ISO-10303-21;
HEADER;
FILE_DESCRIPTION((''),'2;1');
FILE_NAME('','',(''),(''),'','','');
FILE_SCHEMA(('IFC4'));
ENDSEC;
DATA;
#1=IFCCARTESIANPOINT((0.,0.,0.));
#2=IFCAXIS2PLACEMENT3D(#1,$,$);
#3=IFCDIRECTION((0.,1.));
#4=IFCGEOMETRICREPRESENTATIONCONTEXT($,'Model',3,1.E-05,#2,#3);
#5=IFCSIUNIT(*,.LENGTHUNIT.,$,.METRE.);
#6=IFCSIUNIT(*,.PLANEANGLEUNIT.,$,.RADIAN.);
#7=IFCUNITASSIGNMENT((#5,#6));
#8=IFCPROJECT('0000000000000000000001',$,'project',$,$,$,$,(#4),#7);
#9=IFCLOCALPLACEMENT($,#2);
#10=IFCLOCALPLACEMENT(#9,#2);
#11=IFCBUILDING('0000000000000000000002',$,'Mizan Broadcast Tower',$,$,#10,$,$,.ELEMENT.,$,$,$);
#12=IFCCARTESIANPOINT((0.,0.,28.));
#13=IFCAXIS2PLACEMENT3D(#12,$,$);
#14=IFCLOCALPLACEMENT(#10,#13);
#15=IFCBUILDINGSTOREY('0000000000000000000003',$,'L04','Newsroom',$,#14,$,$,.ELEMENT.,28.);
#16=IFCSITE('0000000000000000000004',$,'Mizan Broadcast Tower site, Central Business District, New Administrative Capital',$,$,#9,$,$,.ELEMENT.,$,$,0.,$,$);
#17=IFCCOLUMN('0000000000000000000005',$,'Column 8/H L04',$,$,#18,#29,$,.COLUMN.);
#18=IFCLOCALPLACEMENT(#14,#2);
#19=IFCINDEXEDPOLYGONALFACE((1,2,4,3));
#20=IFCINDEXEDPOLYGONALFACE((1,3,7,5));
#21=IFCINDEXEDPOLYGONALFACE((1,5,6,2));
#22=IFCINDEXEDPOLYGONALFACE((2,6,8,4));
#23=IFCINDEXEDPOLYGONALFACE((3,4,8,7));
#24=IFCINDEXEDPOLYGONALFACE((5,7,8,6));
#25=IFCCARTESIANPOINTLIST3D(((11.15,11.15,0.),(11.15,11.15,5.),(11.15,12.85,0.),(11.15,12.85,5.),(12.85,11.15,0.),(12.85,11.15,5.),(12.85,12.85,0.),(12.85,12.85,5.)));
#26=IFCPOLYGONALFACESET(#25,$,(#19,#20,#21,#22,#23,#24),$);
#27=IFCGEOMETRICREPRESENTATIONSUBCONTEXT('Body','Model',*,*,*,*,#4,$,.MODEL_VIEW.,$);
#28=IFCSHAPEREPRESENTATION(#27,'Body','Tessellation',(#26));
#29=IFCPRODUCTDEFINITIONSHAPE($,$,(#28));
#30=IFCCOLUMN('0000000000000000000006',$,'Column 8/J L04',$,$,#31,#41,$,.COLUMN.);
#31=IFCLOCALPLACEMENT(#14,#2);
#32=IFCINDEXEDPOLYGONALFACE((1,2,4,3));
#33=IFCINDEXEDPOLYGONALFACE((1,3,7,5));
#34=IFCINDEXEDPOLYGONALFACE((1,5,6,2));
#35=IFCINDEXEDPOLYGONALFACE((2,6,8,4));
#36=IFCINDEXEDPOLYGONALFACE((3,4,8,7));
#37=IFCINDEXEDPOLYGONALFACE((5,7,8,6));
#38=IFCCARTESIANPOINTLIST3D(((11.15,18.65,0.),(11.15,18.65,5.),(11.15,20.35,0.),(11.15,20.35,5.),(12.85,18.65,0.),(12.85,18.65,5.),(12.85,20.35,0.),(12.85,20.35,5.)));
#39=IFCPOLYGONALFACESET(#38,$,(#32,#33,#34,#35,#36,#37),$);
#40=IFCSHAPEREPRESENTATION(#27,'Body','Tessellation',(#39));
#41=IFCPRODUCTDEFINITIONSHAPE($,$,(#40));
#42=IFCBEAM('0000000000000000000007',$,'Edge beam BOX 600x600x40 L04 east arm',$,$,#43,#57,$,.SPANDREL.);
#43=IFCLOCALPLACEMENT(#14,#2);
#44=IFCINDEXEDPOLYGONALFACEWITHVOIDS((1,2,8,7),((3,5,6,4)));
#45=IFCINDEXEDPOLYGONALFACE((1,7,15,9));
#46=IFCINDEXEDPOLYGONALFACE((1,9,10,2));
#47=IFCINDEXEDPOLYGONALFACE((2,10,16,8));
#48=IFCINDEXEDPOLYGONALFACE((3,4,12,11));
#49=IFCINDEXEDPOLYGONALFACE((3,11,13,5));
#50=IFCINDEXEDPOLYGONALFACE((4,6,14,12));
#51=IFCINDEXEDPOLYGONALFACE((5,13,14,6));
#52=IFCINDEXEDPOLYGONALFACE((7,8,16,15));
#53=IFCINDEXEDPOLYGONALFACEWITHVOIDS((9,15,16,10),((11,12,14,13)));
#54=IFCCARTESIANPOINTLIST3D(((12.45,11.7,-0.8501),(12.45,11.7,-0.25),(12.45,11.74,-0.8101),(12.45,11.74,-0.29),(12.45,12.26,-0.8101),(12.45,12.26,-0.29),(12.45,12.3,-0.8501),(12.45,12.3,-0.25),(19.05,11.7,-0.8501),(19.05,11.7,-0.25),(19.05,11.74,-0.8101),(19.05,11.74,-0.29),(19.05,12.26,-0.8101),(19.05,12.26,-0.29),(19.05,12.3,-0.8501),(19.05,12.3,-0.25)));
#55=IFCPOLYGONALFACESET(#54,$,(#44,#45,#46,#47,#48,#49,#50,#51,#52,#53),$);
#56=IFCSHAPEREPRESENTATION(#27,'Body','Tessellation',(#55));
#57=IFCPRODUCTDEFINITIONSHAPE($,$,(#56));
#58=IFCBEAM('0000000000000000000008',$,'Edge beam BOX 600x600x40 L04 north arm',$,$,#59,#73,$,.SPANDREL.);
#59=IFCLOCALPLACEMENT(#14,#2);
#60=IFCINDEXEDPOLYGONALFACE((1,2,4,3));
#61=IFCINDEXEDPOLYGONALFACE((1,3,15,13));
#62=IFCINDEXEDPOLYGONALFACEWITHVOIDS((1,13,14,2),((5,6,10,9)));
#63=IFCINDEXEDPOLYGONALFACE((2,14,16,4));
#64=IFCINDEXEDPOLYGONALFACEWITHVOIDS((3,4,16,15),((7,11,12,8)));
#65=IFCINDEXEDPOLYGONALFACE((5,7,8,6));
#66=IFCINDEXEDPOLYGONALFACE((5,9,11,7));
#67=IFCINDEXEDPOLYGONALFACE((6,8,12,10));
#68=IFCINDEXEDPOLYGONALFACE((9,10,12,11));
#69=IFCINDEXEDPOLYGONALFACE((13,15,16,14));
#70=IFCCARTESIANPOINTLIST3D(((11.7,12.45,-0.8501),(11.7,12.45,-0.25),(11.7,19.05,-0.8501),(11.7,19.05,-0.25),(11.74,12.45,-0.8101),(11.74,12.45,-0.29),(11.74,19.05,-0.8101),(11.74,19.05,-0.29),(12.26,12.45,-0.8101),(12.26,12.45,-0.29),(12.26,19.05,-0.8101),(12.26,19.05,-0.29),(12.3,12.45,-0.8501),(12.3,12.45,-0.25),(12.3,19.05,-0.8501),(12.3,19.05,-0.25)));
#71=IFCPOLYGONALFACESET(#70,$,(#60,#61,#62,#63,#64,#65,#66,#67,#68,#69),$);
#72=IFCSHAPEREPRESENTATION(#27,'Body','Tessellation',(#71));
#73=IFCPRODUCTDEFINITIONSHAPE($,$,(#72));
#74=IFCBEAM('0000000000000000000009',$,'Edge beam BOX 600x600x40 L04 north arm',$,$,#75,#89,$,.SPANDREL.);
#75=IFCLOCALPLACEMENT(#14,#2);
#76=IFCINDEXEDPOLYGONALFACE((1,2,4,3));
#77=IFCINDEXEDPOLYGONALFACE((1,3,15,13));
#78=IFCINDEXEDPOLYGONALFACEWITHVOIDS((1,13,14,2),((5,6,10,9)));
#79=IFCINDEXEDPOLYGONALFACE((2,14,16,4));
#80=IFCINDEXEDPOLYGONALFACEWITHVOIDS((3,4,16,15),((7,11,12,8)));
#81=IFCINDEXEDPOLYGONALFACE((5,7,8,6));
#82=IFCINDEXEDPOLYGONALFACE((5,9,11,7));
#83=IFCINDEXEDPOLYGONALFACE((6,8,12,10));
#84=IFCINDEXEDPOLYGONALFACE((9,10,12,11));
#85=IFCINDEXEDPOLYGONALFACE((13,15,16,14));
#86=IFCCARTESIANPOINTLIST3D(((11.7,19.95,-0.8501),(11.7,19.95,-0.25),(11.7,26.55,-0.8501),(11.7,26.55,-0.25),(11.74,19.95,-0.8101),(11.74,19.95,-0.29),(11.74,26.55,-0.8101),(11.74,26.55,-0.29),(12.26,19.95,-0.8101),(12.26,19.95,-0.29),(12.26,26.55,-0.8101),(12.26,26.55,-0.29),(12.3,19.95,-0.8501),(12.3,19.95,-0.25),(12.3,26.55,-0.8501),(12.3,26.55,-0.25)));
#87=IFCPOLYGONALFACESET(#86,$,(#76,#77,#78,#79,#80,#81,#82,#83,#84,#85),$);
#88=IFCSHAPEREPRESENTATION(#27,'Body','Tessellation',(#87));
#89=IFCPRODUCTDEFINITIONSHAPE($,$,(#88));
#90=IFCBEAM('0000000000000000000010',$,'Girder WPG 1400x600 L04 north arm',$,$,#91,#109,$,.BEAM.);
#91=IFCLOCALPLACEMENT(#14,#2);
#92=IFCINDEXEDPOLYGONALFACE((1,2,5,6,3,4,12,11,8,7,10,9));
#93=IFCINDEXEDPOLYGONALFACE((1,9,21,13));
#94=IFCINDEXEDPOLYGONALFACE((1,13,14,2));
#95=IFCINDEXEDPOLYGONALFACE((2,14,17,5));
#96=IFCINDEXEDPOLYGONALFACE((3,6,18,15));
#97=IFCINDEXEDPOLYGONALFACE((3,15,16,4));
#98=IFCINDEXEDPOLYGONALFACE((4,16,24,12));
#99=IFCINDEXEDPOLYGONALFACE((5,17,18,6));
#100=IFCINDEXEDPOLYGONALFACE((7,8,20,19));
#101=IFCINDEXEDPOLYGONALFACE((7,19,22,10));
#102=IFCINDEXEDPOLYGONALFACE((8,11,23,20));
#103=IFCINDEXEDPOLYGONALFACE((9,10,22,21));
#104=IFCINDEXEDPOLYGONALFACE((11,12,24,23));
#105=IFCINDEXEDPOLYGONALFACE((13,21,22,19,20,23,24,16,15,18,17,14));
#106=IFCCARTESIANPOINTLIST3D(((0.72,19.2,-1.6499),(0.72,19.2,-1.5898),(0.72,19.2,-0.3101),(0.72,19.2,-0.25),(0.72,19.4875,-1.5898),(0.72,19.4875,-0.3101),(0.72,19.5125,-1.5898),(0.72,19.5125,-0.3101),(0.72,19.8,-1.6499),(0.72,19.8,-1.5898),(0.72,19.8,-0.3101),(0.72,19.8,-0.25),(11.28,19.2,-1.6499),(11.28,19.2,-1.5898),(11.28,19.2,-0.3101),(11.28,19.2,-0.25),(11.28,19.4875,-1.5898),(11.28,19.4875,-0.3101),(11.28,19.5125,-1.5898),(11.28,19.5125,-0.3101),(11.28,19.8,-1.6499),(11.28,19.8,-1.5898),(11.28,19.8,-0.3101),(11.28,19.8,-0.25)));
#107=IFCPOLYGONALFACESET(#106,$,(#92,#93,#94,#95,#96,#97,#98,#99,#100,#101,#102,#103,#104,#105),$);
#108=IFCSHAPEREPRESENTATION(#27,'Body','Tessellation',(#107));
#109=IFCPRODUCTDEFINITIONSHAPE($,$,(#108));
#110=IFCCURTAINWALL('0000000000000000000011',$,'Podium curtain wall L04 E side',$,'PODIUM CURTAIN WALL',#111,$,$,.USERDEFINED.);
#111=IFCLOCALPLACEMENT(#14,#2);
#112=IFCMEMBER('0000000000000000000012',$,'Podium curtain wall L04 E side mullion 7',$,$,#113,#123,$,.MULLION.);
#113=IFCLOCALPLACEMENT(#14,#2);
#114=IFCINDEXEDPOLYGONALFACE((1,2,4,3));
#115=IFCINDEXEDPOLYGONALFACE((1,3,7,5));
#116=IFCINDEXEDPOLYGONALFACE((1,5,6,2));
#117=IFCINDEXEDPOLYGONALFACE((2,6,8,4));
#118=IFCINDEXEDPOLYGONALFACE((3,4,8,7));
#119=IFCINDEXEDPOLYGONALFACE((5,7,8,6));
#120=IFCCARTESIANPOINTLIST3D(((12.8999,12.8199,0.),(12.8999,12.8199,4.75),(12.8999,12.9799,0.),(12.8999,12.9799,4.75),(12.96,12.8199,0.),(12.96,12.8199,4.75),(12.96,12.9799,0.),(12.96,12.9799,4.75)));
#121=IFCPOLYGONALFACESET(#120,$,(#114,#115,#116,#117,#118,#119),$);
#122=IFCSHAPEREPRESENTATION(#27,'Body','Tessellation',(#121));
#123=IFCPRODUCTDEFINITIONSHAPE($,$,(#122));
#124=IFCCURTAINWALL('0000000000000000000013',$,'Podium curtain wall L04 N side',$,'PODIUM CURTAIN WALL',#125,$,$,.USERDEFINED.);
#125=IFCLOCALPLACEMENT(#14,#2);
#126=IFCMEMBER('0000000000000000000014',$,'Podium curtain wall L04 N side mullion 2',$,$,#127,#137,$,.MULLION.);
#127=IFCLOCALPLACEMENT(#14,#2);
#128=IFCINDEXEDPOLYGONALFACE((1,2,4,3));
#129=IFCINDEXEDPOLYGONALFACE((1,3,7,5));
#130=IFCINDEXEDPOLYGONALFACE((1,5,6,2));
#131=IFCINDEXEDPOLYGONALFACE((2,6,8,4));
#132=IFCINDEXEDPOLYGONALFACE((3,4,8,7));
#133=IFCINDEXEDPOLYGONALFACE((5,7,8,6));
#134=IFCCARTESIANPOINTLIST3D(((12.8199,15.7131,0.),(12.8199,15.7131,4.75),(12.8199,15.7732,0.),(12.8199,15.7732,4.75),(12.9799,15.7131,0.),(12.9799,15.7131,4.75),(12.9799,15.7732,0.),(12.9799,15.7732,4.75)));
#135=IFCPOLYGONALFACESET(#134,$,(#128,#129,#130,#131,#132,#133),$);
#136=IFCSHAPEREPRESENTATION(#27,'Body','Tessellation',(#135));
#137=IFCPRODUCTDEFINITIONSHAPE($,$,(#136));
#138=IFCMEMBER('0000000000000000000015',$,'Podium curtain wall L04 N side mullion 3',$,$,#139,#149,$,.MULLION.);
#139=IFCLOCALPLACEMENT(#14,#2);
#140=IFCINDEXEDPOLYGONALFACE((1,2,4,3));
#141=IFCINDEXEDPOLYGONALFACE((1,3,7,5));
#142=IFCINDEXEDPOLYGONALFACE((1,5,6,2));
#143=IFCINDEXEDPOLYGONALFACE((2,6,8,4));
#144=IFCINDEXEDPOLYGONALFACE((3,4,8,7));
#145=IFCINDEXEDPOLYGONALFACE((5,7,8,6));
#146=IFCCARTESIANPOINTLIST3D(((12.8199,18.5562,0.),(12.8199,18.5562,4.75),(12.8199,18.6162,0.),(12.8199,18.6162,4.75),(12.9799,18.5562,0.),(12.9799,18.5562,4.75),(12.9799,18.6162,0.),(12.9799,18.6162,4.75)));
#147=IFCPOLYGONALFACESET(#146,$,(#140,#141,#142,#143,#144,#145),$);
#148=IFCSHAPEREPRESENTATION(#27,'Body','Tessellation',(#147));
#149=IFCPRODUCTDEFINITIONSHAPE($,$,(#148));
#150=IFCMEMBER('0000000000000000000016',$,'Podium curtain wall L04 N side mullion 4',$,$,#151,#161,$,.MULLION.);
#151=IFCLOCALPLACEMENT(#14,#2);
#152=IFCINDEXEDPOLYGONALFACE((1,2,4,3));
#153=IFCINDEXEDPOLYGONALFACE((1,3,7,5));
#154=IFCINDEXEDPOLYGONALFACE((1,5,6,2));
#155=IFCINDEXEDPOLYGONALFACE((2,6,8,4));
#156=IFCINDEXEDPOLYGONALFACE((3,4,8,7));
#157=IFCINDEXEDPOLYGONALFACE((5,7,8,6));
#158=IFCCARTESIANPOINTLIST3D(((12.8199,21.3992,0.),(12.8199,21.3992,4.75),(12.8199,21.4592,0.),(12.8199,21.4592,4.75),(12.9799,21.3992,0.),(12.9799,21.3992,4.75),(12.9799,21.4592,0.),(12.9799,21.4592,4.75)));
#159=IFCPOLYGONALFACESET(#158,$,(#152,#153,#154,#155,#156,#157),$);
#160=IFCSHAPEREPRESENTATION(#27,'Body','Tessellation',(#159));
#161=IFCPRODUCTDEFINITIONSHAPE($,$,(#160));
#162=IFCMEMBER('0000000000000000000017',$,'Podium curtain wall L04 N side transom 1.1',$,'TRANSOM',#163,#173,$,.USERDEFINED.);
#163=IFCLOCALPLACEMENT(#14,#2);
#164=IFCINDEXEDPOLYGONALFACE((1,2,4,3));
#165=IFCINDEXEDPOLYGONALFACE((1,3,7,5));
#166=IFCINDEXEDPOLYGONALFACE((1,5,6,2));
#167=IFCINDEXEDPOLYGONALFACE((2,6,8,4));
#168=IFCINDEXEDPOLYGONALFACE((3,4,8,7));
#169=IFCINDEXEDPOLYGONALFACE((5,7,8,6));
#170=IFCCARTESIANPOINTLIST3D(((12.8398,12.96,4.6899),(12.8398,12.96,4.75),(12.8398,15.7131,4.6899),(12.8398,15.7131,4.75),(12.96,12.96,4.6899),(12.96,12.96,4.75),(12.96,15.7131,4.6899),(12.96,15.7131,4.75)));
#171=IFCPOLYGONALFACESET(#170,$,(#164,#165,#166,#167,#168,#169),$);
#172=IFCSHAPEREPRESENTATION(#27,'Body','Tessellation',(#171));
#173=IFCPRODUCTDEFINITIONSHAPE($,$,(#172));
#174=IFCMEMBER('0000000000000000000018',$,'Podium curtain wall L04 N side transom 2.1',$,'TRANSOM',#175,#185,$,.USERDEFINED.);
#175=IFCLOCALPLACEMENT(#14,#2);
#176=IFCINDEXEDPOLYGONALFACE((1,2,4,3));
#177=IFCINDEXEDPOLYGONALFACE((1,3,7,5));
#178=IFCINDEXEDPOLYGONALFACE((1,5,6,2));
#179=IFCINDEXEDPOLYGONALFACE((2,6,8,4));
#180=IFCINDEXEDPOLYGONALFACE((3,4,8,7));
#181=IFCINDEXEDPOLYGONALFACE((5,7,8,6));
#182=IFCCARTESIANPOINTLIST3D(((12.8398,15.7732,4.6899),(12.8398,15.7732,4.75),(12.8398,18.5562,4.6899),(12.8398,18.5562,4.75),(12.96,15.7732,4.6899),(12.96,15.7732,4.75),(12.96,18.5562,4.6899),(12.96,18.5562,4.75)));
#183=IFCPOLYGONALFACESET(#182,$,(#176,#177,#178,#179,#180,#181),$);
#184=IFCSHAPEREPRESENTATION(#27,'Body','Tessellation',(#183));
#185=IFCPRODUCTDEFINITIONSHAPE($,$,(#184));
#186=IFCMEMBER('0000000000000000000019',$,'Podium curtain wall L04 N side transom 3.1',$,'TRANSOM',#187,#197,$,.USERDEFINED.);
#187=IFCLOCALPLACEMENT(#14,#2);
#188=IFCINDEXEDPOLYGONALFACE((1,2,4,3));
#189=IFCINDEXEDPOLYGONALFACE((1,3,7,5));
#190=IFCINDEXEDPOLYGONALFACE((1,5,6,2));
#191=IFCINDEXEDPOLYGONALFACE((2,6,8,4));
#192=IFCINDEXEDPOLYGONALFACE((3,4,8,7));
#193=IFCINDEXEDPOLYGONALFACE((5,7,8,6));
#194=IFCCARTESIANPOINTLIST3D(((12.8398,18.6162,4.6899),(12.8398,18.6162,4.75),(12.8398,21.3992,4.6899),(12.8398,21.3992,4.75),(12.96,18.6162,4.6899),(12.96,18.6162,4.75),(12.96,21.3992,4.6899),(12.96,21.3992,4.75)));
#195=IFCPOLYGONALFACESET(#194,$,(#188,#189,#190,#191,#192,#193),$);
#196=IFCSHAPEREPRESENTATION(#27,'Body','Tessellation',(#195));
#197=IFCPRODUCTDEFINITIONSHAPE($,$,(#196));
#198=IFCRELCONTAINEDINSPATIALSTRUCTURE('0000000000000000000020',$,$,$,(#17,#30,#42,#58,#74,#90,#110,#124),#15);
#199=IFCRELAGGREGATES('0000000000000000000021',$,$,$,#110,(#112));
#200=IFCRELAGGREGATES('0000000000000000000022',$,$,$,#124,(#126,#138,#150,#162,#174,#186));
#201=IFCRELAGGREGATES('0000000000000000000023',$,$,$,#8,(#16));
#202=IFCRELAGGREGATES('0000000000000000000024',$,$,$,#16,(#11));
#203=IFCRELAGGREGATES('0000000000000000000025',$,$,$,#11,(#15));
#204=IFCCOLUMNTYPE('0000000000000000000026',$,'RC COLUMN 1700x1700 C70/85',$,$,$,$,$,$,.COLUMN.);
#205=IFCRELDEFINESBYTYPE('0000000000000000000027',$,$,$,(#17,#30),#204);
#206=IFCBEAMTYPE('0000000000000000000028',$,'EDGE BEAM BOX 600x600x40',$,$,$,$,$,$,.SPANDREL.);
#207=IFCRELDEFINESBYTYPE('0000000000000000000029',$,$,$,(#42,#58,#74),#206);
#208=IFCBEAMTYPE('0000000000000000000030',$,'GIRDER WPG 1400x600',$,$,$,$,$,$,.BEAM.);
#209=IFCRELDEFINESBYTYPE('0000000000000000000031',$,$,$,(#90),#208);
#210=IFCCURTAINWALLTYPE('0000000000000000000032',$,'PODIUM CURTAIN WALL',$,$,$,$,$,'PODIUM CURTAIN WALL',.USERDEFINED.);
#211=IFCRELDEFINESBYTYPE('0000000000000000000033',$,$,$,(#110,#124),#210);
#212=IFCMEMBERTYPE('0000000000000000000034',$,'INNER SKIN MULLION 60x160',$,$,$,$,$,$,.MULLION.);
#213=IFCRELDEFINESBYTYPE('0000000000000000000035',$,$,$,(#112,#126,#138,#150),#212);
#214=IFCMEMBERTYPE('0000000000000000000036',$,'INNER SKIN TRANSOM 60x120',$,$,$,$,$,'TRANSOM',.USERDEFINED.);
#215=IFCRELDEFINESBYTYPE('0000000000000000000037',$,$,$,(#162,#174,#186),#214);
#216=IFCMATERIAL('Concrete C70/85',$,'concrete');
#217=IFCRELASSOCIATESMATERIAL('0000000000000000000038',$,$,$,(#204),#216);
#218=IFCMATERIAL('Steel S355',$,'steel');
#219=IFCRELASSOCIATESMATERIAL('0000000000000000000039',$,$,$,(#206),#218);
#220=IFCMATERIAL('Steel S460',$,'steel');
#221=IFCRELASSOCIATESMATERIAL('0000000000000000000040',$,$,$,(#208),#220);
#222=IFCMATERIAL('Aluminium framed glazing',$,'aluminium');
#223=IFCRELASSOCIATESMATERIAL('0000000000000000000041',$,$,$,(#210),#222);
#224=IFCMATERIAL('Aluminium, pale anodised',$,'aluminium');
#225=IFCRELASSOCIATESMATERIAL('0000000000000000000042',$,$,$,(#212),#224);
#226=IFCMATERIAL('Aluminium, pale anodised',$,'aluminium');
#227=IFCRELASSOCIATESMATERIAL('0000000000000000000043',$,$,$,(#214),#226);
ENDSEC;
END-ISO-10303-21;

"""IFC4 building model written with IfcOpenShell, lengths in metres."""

from ifc_helpers import new_model, si_unit, direction, frame, origin, origin_2d, place, context, subcontext, project, spatial, rectangle, hollow_rectangle, i_section, extrude, material, material_profile, profile_set, type_object, element, aggregate, save


model = new_model("IFC4")

# Units and contexts
model_context = context("Model", 3, precision=1e-05, world=origin(), true_north=direction((0.0, 1.0)))
body_context = subcontext(model_context, "Body", "Model", "MODEL_VIEW")
ifc_project = project(units=[si_unit("LENGTHUNIT", "METRE"), si_unit("PLANEANGLEUNIT", "RADIAN")], contexts=[model_context])

# Site, building, storey
site_placement = place(None, origin())
site = spatial("IfcSite", under=ifc_project, at=site_placement, Name="Mizan Broadcast Tower site, Central Business District, New Administrative Capital", CompositionType="ELEMENT", RefElevation=0.0)
building_placement = place(site_placement, origin())
building = spatial("IfcBuilding", under=site, at=building_placement, Name="Mizan Broadcast Tower", CompositionType="ELEMENT")
storey_placement = place(building_placement, frame((0.0, 0.0, 28.0)))
storey = spatial("IfcBuildingStorey", under=building, at=storey_placement, Name="L04", Description="Newsroom", CompositionType="ELEMENT", Elevation=28.0)

# Columns
ifc_material_1 = material(Name="Concrete C70/85", Category="concrete")
ifc_material_profile_1 = material_profile(ifc_material_1, rectangle(XDim=1.7, YDim=1.7, at=origin_2d()), Name="RC 1700x1700")
ifc_profile_set_1 = profile_set([ifc_material_profile_1], Name="Concrete C70/85")
column_type = type_object("IfcColumnType", Name="RC COLUMN 1700x1700 C70/85", PredefinedType="COLUMN", material=ifc_profile_set_1)
for number, where, z_axis, x_axis, name in (
    (1, (12.0, 12.0, 0.0), (0.0, 0.0, 1.0), (1.0, 0.0, 0.0), "Column 8/H L04"),
    (2, (12.0, 19.5, 0.0), (0.0, 0.0, 1.0), (1.0, 0.0, 0.0), "Column 8/J L04"),
):
    element("IfcColumn", number, at=place(storey_placement, frame(where, z_axis=z_axis, x_axis=x_axis)), inside=storey, type_object=column_type, Name=name, PredefinedType="COLUMN", context=body_context, shape_type="SweptSolid", body=[
        extrude(rectangle(XDim=1.7, YDim=1.7, at=origin_2d()), origin(), (0.0, 0.0, 1.0), 5.0),
    ])

# Beams
ifc_material_2 = material(Name="Steel S355", Category="steel")
ifc_material_profile_2 = material_profile(ifc_material_2, hollow_rectangle(XDim=0.6001, YDim=0.6001, WallThickness=0.04, at=origin_2d()), Name="BOX 600x600x40")
ifc_profile_set_2 = profile_set([ifc_material_profile_2], Name="Steel S355")
beam_type_1 = type_object("IfcBeamType", Name="EDGE BEAM BOX 600x600x40", PredefinedType="SPANDREL", material=ifc_profile_set_2)
for number, where, z_axis, x_axis, name in (
    (3, (12.45, 12.0, -0.55), (1.0, 0.0, 0.0), (0.0, 1.0, 0.0), "Edge beam BOX 600x600x40 L04 east arm"),
    (4, (12.0, 12.45, -0.55), (0.0, 1.0, 0.0), (-1.0, 0.0, 0.0), "Edge beam BOX 600x600x40 L04 north arm"),
    (5, (12.0, 19.95, -0.55), (0.0, 1.0, 0.0), (-1.0, 0.0, 0.0), "Edge beam BOX 600x600x40 L04 north arm"),
):
    element("IfcBeam", number, at=place(storey_placement, frame(where, z_axis=z_axis, x_axis=x_axis)), inside=storey, type_object=beam_type_1, Name=name, PredefinedType="SPANDREL", context=body_context, shape_type="SweptSolid", body=[
        extrude(hollow_rectangle(XDim=0.6001, YDim=0.6001, WallThickness=0.04, at=origin_2d()), origin(), (0.0, 0.0, 1.0), 6.6001),
    ])
ifc_material_3 = material(Name="Steel S460", Category="steel")
ifc_material_profile_3 = material_profile(ifc_material_3, i_section(OverallWidth=0.6001, OverallDepth=1.3999, WebThickness=0.0249, FlangeThickness=0.0601, at=origin_2d()), Name="WPG 1400x600")
ifc_profile_set_3 = profile_set([ifc_material_profile_3], Name="Steel S460")
beam_type_2 = type_object("IfcBeamType", Name="GIRDER WPG 1400x600", PredefinedType="BEAM", material=ifc_profile_set_3)
beam_placement = place(storey_placement, frame((11.28, 19.5, -0.95), z_axis=(-1.0, 0.0, 0.0), x_axis=(0.0, -1.0, 0.0)))
element("IfcBeam", 6, at=beam_placement, inside=storey, type_object=beam_type_2, Name="Girder WPG 1400x600 L04 north arm", PredefinedType="BEAM", context=body_context, shape_type="SweptSolid", body=[
    extrude(i_section(OverallWidth=0.6001, OverallDepth=1.3999, WebThickness=0.0249, FlangeThickness=0.0601, at=origin_2d()), origin(), (0.0, 0.0, 1.0), 10.5601),
])

# Curtain wall, member
ifc_material_4 = material(Name="Aluminium framed glazing", Category="aluminium")
curtain_wall_type_1 = type_object("IfcCurtainWallType", Name="PODIUM CURTAIN WALL", ElementType="PODIUM CURTAIN WALL", PredefinedType="USERDEFINED", material=ifc_material_4)
curtain_wall_1_placement = place(storey_placement, origin())
curtain_wall_1 = element("IfcCurtainWall", 7, at=curtain_wall_1_placement, inside=storey, type_object=curtain_wall_type_1, Name="Podium curtain wall L04 E side", ObjectType="PODIUM CURTAIN WALL", PredefinedType="USERDEFINED")
ifc_material_5 = material(Name="Aluminium, pale anodised", Category="aluminium")
ifc_material_profile_4 = material_profile(ifc_material_5, rectangle(XDim=0.1599, YDim=0.0601, at=origin_2d()), Name="MULLION 160x60")
ifc_profile_set_4 = profile_set([ifc_material_profile_4], Name="Aluminium, pale anodised")
member_type_1 = type_object("IfcMemberType", Name="INNER SKIN MULLION 60x160", PredefinedType="MULLION", material=ifc_profile_set_4)
member_1_placement = place(storey_placement, frame((12.9299, 12.8999, 0.0), z_axis=(0.0, 0.0, 1.0), x_axis=(0.0, -1.0, 0.0)))
member_1 = element("IfcMember", 8, at=member_1_placement, type_object=member_type_1, Name="Podium curtain wall L04 E side mullion 7", PredefinedType="MULLION", context=body_context, shape_type="SweptSolid", body=[
    extrude(rectangle(XDim=0.1599, YDim=0.0601, at=origin_2d()), origin(), (0.0, 0.0, 1.0), 4.75),
])
aggregate(curtain_wall_1, [member_1])

# Curtain wall, members
curtain_wall_2_placement = place(storey_placement, origin())
curtain_wall_2 = element("IfcCurtainWall", 9, at=curtain_wall_2_placement, inside=storey, type_object=curtain_wall_type_1, Name="Podium curtain wall L04 N side", ObjectType="PODIUM CURTAIN WALL", PredefinedType="USERDEFINED")
member_2_placement = place(storey_placement, frame((12.8999, 15.7432, 0.0), z_axis=(0.0, 0.0, 1.0), x_axis=(-1.0, 0.0, 0.0)))
member_2 = element("IfcMember", 10, at=member_2_placement, type_object=member_type_1, Name="Podium curtain wall L04 N side mullion 2", PredefinedType="MULLION", context=body_context, shape_type="SweptSolid", body=[
    extrude(rectangle(XDim=0.1599, YDim=0.0601, at=origin_2d()), origin(), (0.0, 0.0, 1.0), 4.75),
])
member_3_placement = place(storey_placement, frame((12.8999, 18.5862, 0.0), z_axis=(0.0, 0.0, 1.0), x_axis=(-1.0, 0.0, 0.0)))
member_3 = element("IfcMember", 11, at=member_3_placement, type_object=member_type_1, Name="Podium curtain wall L04 N side mullion 3", PredefinedType="MULLION", context=body_context, shape_type="SweptSolid", body=[
    extrude(rectangle(XDim=0.1599, YDim=0.0601, at=origin_2d()), origin(), (0.0, 0.0, 1.0), 4.75),
])
member_4_placement = place(storey_placement, frame((12.8999, 21.4292, 0.0), z_axis=(0.0, 0.0, 1.0), x_axis=(-1.0, 0.0, 0.0)))
member_4 = element("IfcMember", 12, at=member_4_placement, type_object=member_type_1, Name="Podium curtain wall L04 N side mullion 4", PredefinedType="MULLION", context=body_context, shape_type="SweptSolid", body=[
    extrude(rectangle(XDim=0.1599, YDim=0.0601, at=origin_2d()), origin(), (0.0, 0.0, 1.0), 4.75),
])
ifc_material_6 = material(Name="Aluminium, pale anodised", Category="aluminium")
ifc_material_profile_5 = material_profile(ifc_material_6, rectangle(XDim=0.1201, YDim=0.0601, at=origin_2d()), Name="TRANSOM 120x60")
ifc_profile_set_5 = profile_set([ifc_material_profile_5], Name="Aluminium, pale anodised")
member_type_2 = type_object("IfcMemberType", Name="INNER SKIN TRANSOM 60x120", ElementType="TRANSOM", PredefinedType="USERDEFINED", material=ifc_profile_set_5)
member_5_placement = place(storey_placement, frame((12.8999, 12.96, 4.72), z_axis=(0.0, 1.0, 0.0), x_axis=(-1.0, 0.0, 0.0)))
member_5 = element("IfcMember", 13, at=member_5_placement, type_object=member_type_2, Name="Podium curtain wall L04 N side transom 1.1", ObjectType="TRANSOM", PredefinedType="USERDEFINED", context=body_context, shape_type="SweptSolid", body=[
    extrude(rectangle(XDim=0.1201, YDim=0.0601, at=origin_2d()), origin(), (0.0, 0.0, 1.0), 2.7532),
])
member_6_placement = place(storey_placement, frame((12.8999, 15.7732, 4.72), z_axis=(0.0, 1.0, 0.0), x_axis=(-1.0, 0.0, 0.0)))
member_6 = element("IfcMember", 14, at=member_6_placement, type_object=member_type_2, Name="Podium curtain wall L04 N side transom 2.1", ObjectType="TRANSOM", PredefinedType="USERDEFINED", context=body_context, shape_type="SweptSolid", body=[
    extrude(rectangle(XDim=0.1201, YDim=0.0601, at=origin_2d()), origin(), (0.0, 0.0, 1.0), 2.783),
])
member_7_placement = place(storey_placement, frame((12.8999, 18.6162, 4.72), z_axis=(0.0, 1.0, 0.0), x_axis=(-1.0, 0.0, 0.0)))
member_7 = element("IfcMember", 15, at=member_7_placement, type_object=member_type_2, Name="Podium curtain wall L04 N side transom 3.1", ObjectType="TRANSOM", PredefinedType="USERDEFINED", context=body_context, shape_type="SweptSolid", body=[
    extrude(rectangle(XDim=0.1201, YDim=0.0601, at=origin_2d()), origin(), (0.0, 0.0, 1.0), 2.783),
])

aggregate(curtain_wall_2, [member_2, member_3, member_4, member_5, member_6, member_7])

save(model, "model.ifc")
